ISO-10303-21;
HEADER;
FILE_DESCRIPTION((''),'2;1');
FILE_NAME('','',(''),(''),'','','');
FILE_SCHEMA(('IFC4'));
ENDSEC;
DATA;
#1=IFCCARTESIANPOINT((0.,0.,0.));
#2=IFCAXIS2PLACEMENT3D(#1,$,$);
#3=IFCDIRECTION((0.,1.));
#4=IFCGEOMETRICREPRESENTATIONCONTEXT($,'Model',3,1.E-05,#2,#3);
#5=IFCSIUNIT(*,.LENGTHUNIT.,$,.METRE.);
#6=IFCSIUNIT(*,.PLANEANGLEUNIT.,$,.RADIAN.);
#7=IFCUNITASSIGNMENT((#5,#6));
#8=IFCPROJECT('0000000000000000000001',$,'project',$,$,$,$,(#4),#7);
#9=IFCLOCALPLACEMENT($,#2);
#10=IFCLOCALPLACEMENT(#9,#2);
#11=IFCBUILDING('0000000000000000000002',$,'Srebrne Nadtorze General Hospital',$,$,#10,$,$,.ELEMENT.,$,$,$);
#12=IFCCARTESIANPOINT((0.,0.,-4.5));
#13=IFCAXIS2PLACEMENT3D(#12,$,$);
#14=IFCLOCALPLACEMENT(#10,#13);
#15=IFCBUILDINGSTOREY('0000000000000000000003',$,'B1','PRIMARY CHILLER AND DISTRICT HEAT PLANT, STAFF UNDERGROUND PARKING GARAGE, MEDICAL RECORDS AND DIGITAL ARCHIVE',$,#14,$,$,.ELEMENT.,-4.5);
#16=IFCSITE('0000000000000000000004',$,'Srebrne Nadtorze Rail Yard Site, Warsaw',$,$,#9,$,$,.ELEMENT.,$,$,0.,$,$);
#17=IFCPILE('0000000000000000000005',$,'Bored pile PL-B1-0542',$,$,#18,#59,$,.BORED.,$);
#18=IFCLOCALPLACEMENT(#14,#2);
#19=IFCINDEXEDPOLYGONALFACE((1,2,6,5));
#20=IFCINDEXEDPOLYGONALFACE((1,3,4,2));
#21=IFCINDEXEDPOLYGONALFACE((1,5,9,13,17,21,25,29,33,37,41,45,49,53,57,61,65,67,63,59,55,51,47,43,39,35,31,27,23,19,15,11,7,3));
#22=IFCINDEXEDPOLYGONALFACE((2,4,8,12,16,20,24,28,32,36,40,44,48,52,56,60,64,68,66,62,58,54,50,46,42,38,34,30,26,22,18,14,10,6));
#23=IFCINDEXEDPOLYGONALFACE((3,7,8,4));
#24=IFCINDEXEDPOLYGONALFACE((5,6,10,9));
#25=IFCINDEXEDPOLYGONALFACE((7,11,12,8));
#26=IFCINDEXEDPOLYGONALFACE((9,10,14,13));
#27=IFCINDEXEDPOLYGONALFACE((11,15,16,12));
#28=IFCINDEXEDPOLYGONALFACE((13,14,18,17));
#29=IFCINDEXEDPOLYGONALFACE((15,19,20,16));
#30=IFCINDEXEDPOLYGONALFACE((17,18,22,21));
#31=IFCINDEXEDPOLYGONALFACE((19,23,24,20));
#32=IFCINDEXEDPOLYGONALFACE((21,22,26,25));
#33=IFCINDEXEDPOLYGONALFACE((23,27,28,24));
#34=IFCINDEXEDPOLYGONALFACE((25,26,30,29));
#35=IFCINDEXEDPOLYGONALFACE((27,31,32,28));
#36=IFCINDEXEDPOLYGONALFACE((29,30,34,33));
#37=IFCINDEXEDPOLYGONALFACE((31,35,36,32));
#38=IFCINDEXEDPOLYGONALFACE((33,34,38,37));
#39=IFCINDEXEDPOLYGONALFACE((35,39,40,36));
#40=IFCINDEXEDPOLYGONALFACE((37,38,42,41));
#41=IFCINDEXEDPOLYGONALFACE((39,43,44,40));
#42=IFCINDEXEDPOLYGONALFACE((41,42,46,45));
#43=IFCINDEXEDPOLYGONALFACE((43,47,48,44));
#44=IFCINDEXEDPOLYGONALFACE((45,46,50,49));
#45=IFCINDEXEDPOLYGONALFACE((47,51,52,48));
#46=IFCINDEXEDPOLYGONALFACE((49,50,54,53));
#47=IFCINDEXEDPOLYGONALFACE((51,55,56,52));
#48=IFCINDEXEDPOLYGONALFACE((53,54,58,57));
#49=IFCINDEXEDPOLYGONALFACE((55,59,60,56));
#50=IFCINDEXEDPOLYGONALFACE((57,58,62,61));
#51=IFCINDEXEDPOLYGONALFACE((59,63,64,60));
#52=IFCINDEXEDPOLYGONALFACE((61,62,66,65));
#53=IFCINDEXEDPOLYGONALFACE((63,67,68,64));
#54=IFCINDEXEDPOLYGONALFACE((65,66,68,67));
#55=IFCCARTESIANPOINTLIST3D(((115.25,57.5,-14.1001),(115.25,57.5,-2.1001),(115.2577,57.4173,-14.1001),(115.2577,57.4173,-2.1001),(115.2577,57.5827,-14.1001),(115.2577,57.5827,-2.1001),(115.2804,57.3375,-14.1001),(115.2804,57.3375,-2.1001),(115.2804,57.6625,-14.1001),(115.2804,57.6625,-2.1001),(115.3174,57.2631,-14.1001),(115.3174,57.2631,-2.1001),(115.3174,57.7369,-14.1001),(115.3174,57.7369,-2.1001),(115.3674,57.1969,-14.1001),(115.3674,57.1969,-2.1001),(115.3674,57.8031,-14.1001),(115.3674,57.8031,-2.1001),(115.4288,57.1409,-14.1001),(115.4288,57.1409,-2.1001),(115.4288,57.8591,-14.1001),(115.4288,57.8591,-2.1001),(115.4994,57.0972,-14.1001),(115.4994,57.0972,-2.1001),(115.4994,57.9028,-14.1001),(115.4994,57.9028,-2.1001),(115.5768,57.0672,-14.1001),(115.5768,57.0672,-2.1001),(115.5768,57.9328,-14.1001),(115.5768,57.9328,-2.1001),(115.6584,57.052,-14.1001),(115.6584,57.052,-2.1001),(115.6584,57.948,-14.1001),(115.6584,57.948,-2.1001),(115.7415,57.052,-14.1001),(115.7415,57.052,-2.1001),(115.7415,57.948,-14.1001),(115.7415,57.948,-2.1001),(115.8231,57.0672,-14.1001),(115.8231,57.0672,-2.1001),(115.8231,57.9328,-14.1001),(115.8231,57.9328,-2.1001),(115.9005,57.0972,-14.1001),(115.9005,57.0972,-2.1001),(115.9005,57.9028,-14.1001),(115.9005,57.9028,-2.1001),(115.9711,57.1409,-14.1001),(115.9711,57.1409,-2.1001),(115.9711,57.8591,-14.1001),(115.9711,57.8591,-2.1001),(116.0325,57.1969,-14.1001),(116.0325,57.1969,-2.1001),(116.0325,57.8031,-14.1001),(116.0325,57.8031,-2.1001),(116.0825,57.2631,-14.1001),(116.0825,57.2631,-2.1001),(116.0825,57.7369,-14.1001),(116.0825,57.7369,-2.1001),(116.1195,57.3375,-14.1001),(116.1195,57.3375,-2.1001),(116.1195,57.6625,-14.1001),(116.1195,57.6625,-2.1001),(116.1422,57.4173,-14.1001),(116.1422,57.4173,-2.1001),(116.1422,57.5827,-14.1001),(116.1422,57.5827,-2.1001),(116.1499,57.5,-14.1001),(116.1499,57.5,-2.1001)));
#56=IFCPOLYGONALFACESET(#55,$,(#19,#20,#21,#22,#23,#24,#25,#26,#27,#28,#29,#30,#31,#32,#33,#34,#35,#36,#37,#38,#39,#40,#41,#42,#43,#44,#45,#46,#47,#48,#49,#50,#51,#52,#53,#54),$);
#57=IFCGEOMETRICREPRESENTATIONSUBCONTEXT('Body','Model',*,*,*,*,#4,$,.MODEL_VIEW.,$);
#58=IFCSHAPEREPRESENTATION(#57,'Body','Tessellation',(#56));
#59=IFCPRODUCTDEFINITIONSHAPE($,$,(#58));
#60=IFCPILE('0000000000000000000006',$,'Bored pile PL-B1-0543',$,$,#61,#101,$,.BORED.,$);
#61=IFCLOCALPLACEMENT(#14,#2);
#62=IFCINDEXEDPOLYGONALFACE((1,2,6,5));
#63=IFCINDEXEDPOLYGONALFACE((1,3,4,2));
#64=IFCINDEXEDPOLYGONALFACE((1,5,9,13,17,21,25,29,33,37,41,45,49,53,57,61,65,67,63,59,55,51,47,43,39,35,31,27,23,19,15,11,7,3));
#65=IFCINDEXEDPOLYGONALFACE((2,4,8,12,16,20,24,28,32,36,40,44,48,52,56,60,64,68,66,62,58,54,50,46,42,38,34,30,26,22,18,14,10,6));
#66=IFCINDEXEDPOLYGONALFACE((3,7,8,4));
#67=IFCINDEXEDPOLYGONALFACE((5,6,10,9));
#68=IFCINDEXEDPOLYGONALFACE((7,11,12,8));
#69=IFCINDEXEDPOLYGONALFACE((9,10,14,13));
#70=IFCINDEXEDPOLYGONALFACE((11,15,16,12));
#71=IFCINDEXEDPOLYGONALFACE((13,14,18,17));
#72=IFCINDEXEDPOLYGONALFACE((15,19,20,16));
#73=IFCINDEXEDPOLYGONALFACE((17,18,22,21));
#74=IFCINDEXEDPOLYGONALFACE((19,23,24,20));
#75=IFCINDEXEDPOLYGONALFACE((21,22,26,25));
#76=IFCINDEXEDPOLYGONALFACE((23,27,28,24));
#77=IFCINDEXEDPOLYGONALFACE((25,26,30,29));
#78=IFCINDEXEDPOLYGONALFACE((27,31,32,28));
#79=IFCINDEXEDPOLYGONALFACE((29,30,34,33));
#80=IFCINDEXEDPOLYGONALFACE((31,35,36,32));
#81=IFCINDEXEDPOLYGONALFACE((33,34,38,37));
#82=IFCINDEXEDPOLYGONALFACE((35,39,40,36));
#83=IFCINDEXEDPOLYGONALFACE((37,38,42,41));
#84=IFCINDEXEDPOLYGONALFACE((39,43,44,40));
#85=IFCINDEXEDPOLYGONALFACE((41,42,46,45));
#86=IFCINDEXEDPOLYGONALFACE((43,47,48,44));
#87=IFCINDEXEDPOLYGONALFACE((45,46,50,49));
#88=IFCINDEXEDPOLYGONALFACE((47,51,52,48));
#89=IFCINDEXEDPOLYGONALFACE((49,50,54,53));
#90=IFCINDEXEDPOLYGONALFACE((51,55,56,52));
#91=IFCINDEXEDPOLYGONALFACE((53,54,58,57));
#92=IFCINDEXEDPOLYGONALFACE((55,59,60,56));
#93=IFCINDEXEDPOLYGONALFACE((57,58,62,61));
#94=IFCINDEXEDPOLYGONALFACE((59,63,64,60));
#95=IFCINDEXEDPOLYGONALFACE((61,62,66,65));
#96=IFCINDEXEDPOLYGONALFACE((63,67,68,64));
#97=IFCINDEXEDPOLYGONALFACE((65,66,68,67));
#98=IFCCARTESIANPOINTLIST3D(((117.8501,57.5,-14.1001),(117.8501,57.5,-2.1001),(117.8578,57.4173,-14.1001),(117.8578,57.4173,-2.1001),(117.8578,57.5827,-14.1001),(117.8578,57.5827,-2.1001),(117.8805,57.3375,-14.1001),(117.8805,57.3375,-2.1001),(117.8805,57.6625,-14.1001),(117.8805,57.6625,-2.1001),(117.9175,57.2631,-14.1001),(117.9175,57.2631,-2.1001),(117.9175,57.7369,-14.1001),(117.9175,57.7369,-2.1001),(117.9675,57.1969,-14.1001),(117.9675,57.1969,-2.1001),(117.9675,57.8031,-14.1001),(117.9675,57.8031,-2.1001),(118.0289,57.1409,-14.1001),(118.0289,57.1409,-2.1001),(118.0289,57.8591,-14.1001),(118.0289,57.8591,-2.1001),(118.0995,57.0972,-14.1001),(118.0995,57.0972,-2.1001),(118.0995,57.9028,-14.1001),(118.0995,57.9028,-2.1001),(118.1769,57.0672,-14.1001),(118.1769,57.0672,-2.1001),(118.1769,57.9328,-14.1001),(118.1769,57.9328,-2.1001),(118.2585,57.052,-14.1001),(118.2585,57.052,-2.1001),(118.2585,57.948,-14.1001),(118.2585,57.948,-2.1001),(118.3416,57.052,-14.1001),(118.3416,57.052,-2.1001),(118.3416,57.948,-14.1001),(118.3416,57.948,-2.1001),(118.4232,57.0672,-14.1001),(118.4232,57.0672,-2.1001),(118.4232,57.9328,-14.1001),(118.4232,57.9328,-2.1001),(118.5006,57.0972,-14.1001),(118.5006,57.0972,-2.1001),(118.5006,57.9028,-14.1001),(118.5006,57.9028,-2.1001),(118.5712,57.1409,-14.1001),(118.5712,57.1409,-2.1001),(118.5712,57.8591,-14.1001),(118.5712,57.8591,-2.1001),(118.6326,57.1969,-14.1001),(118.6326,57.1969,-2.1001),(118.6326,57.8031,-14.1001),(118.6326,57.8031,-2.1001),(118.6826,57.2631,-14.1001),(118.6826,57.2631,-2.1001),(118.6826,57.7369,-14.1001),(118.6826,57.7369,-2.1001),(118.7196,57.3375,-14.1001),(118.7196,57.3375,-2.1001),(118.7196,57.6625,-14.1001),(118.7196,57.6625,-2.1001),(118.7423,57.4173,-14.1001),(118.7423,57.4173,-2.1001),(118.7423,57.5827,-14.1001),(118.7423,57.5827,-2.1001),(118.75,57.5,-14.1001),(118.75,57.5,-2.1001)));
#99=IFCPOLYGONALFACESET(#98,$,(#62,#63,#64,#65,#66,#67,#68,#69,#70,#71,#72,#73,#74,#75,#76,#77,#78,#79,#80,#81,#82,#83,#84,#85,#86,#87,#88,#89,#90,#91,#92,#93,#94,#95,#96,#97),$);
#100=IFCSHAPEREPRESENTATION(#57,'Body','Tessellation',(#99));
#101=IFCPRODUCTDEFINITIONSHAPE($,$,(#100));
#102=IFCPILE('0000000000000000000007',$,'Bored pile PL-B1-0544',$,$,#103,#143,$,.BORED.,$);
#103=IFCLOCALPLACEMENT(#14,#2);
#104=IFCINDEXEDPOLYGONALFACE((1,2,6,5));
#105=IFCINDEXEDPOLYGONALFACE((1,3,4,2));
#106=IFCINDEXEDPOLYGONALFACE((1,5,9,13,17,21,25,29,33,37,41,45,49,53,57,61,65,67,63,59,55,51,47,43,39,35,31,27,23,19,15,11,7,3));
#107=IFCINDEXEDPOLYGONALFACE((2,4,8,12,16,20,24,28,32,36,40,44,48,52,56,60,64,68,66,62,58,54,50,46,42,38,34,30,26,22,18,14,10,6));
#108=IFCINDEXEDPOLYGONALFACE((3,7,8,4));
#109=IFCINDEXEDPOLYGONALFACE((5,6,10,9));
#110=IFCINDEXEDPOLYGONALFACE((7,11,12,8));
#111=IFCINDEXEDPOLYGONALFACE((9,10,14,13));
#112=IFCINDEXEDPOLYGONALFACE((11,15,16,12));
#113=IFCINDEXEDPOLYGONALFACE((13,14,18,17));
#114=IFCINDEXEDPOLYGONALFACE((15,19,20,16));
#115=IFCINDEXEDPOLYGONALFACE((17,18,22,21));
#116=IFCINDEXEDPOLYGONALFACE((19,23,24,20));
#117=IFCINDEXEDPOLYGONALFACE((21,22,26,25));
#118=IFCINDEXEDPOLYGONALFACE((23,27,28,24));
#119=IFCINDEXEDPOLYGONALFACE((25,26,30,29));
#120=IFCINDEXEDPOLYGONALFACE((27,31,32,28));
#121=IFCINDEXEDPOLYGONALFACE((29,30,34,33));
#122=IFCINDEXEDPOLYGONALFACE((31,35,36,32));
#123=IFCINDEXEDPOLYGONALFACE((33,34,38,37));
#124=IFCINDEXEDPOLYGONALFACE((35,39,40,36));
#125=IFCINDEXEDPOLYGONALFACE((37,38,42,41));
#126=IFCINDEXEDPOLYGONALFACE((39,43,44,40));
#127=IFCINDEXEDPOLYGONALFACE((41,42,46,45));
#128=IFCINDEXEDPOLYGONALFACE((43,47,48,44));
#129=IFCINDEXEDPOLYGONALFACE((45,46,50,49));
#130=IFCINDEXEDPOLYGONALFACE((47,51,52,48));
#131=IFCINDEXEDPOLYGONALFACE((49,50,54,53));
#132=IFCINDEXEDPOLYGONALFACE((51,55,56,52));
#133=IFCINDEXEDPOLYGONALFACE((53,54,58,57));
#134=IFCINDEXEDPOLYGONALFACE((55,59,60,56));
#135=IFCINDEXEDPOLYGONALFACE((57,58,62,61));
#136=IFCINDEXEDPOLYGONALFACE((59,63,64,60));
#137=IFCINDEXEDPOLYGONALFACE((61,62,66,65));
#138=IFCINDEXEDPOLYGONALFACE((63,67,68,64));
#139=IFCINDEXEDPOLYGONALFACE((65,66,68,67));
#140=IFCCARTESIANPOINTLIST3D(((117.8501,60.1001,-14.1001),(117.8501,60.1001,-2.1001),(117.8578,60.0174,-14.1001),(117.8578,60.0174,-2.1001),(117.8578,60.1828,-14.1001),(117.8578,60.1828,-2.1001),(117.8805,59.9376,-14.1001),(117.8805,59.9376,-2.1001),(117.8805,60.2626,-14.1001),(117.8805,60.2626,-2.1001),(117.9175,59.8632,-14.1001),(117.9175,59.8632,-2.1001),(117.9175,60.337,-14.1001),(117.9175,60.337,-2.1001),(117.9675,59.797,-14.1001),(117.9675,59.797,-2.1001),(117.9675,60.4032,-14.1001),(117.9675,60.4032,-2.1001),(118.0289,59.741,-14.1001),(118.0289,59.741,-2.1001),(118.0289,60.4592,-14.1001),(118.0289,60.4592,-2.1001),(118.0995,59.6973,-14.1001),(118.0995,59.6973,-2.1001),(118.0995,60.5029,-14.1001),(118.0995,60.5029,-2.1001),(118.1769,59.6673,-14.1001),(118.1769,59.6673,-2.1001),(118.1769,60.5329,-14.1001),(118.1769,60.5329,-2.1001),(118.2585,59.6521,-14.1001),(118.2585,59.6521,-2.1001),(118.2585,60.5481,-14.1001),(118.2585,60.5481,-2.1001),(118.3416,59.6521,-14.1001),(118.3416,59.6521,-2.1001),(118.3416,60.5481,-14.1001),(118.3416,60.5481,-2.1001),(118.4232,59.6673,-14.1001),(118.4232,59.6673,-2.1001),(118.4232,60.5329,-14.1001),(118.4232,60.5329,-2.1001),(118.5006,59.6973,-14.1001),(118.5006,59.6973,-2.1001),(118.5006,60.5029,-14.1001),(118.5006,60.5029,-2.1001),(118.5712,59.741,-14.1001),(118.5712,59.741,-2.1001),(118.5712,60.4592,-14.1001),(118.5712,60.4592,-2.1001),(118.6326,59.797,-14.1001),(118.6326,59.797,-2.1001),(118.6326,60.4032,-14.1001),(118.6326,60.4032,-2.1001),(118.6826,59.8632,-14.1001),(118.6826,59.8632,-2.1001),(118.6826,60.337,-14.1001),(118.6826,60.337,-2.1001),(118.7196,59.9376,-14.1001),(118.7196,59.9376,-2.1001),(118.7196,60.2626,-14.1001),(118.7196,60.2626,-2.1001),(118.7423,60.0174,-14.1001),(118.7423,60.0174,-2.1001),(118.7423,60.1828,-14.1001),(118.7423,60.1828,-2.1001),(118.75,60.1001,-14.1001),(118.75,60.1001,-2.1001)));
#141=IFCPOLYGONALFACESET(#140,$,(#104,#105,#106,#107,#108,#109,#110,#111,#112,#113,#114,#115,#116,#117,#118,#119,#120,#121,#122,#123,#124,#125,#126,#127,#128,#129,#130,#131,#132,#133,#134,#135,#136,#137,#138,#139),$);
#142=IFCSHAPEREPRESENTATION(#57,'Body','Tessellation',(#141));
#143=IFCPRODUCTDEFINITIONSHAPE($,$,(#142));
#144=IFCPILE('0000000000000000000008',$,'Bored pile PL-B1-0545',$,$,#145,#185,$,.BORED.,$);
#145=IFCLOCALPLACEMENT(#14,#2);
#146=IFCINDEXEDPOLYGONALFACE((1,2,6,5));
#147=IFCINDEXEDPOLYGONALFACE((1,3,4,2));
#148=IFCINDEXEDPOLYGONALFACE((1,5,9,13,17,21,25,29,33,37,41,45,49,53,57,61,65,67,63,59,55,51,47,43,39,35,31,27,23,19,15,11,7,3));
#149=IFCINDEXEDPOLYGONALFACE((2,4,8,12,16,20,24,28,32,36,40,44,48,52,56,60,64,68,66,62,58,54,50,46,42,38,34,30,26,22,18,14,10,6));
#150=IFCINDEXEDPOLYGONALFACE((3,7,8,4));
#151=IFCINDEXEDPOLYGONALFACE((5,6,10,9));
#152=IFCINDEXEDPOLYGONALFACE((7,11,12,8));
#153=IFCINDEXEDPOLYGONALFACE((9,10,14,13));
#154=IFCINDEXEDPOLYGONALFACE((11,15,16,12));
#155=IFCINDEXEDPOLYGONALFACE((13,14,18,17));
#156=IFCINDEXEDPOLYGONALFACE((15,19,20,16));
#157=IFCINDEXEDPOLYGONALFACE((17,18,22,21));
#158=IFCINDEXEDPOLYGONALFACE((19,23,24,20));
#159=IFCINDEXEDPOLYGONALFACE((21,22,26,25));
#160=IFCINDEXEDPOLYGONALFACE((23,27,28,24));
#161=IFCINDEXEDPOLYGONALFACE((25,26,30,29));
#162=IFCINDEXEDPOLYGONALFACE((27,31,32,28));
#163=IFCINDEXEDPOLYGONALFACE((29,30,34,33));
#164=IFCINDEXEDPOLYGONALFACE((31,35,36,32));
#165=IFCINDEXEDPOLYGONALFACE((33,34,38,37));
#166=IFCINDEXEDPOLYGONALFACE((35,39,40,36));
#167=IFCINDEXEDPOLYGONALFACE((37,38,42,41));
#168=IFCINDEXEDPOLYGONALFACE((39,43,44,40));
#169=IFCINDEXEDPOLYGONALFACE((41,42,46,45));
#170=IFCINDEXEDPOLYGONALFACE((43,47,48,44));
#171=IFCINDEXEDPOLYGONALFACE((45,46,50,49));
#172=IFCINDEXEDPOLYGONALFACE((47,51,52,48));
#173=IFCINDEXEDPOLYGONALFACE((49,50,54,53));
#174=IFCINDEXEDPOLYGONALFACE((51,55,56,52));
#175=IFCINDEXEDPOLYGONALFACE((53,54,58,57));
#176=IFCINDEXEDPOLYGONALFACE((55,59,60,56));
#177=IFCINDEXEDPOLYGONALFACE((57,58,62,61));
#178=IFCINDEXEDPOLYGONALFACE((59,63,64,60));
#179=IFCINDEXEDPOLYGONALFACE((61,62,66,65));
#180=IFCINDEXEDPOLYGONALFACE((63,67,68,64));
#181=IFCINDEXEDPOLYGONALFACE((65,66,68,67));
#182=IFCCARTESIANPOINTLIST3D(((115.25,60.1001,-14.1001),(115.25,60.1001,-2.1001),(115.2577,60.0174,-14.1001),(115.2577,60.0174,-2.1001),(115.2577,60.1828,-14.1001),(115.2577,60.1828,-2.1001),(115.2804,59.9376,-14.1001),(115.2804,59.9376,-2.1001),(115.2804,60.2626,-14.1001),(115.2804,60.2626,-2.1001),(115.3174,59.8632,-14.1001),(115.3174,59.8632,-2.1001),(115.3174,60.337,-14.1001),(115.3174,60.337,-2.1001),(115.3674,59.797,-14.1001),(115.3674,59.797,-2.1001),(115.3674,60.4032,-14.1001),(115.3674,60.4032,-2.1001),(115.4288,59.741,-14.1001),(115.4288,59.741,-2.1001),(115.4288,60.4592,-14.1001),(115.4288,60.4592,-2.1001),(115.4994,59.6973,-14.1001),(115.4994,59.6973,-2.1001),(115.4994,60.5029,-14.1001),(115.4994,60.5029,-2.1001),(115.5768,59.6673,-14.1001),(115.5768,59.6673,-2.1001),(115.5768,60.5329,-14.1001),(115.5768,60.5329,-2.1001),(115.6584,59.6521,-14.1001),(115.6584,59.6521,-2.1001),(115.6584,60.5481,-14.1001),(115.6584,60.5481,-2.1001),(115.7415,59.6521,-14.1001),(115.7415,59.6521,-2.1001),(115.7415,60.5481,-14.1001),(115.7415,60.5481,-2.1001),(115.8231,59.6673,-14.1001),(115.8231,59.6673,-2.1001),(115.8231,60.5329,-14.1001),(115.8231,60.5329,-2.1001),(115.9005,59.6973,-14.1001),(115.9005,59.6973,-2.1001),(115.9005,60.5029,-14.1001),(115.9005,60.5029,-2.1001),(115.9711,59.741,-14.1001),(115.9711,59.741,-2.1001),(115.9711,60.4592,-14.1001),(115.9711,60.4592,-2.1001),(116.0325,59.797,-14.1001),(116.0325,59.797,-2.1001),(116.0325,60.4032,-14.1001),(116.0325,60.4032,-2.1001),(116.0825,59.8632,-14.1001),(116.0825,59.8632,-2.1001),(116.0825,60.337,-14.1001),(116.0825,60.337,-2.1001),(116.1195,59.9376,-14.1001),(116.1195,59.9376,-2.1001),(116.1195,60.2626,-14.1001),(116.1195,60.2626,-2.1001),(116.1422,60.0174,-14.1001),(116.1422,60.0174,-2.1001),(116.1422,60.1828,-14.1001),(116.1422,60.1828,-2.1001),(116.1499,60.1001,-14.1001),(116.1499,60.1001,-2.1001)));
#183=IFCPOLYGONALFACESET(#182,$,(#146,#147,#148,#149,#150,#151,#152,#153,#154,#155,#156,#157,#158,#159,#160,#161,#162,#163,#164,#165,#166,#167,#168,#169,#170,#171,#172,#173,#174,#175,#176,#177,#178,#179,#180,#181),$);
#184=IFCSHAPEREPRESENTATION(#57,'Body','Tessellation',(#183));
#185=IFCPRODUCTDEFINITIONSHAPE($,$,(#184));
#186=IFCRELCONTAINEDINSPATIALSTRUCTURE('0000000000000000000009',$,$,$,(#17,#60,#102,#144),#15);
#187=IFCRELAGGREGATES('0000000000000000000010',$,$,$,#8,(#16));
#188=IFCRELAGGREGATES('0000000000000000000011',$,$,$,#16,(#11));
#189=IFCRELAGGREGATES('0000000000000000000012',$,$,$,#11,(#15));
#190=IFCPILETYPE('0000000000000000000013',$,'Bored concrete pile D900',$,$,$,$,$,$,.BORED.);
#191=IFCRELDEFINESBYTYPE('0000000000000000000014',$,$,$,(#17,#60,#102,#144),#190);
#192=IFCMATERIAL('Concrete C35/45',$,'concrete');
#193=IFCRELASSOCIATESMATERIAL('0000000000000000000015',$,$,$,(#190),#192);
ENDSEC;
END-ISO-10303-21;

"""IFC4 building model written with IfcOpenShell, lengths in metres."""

from ifc_helpers import new_model, si_unit, direction, frame, origin, origin_2d, place, context, subcontext, project, spatial, circle, extrude, material, material_profile, profile_set, type_object, element, save


model = new_model("IFC4")

# Units and contexts
model_context = context("Model", 3, precision=1e-05, world=origin(), true_north=direction((0.0, 1.0)))
body_context = subcontext(model_context, "Body", "Model", "MODEL_VIEW")
ifc_project = project(units=[si_unit("LENGTHUNIT", "METRE"), si_unit("PLANEANGLEUNIT", "RADIAN")], contexts=[model_context])

# Site, building, storey
site_placement = place(None, origin())
site = spatial("IfcSite", under=ifc_project, at=site_placement, Name="Srebrne Nadtorze Rail Yard Site, Warsaw", CompositionType="ELEMENT", RefElevation=0.0)
building_placement = place(site_placement, origin())
building = spatial("IfcBuilding", under=site, at=building_placement, Name="Srebrne Nadtorze General Hospital", CompositionType="ELEMENT")
storey_placement = place(building_placement, frame((0.0, 0.0, -4.5)))
storey = spatial("IfcBuildingStorey", under=building, at=storey_placement, Name="B1", Description="PRIMARY CHILLER AND DISTRICT HEAT PLANT, STAFF UNDERGROUND PARKING GARAGE, MEDICAL RECORDS AND DIGITAL ARCHIVE", CompositionType="ELEMENT", Elevation=-4.5)

# Piles
ifc_material_1 = material(Name="Concrete C35/45", Category="concrete")
ifc_material_profile_1 = material_profile(ifc_material_1, circle(Radius=0.45, at=origin_2d()), Name="PILE-D900")
ifc_profile_set_1 = profile_set([ifc_material_profile_1], Name="Concrete C35/45")
pile_type_1 = type_object("IfcPileType", Name="Bored concrete pile D900", PredefinedType="BORED", material=ifc_profile_set_1)
for number, where, z_axis, x_axis, name in (
    (1, (115.7, 57.5, -2.1001), (0.0, 0.0, -1.0), (1.0, 0.0, 0.0), "Bored pile PL-B1-0542"),
    (2, (118.3, 57.5, -2.1001), (0.0, 0.0, -1.0), (1.0, 0.0, 0.0), "Bored pile PL-B1-0543"),
    (3, (118.3, 60.1001, -2.1001), (0.0, 0.0, -1.0), (1.0, 0.0, 0.0), "Bored pile PL-B1-0544"),
    (4, (115.7, 60.1001, -2.1001), (0.0, 0.0, -1.0), (1.0, 0.0, 0.0), "Bored pile PL-B1-0545"),
):
    element("IfcPile", number, at=place(storey_placement, frame(where, z_axis=z_axis, x_axis=x_axis)), inside=storey, type_object=pile_type_1, Name=name, PredefinedType="BORED", context=body_context, shape_type="SweptSolid", body=[
        extrude(circle(Radius=0.45, at=origin_2d()), origin(), (0.0, 0.0, 1.0), 12.0),
    ])

save(model, "model.ifc")
